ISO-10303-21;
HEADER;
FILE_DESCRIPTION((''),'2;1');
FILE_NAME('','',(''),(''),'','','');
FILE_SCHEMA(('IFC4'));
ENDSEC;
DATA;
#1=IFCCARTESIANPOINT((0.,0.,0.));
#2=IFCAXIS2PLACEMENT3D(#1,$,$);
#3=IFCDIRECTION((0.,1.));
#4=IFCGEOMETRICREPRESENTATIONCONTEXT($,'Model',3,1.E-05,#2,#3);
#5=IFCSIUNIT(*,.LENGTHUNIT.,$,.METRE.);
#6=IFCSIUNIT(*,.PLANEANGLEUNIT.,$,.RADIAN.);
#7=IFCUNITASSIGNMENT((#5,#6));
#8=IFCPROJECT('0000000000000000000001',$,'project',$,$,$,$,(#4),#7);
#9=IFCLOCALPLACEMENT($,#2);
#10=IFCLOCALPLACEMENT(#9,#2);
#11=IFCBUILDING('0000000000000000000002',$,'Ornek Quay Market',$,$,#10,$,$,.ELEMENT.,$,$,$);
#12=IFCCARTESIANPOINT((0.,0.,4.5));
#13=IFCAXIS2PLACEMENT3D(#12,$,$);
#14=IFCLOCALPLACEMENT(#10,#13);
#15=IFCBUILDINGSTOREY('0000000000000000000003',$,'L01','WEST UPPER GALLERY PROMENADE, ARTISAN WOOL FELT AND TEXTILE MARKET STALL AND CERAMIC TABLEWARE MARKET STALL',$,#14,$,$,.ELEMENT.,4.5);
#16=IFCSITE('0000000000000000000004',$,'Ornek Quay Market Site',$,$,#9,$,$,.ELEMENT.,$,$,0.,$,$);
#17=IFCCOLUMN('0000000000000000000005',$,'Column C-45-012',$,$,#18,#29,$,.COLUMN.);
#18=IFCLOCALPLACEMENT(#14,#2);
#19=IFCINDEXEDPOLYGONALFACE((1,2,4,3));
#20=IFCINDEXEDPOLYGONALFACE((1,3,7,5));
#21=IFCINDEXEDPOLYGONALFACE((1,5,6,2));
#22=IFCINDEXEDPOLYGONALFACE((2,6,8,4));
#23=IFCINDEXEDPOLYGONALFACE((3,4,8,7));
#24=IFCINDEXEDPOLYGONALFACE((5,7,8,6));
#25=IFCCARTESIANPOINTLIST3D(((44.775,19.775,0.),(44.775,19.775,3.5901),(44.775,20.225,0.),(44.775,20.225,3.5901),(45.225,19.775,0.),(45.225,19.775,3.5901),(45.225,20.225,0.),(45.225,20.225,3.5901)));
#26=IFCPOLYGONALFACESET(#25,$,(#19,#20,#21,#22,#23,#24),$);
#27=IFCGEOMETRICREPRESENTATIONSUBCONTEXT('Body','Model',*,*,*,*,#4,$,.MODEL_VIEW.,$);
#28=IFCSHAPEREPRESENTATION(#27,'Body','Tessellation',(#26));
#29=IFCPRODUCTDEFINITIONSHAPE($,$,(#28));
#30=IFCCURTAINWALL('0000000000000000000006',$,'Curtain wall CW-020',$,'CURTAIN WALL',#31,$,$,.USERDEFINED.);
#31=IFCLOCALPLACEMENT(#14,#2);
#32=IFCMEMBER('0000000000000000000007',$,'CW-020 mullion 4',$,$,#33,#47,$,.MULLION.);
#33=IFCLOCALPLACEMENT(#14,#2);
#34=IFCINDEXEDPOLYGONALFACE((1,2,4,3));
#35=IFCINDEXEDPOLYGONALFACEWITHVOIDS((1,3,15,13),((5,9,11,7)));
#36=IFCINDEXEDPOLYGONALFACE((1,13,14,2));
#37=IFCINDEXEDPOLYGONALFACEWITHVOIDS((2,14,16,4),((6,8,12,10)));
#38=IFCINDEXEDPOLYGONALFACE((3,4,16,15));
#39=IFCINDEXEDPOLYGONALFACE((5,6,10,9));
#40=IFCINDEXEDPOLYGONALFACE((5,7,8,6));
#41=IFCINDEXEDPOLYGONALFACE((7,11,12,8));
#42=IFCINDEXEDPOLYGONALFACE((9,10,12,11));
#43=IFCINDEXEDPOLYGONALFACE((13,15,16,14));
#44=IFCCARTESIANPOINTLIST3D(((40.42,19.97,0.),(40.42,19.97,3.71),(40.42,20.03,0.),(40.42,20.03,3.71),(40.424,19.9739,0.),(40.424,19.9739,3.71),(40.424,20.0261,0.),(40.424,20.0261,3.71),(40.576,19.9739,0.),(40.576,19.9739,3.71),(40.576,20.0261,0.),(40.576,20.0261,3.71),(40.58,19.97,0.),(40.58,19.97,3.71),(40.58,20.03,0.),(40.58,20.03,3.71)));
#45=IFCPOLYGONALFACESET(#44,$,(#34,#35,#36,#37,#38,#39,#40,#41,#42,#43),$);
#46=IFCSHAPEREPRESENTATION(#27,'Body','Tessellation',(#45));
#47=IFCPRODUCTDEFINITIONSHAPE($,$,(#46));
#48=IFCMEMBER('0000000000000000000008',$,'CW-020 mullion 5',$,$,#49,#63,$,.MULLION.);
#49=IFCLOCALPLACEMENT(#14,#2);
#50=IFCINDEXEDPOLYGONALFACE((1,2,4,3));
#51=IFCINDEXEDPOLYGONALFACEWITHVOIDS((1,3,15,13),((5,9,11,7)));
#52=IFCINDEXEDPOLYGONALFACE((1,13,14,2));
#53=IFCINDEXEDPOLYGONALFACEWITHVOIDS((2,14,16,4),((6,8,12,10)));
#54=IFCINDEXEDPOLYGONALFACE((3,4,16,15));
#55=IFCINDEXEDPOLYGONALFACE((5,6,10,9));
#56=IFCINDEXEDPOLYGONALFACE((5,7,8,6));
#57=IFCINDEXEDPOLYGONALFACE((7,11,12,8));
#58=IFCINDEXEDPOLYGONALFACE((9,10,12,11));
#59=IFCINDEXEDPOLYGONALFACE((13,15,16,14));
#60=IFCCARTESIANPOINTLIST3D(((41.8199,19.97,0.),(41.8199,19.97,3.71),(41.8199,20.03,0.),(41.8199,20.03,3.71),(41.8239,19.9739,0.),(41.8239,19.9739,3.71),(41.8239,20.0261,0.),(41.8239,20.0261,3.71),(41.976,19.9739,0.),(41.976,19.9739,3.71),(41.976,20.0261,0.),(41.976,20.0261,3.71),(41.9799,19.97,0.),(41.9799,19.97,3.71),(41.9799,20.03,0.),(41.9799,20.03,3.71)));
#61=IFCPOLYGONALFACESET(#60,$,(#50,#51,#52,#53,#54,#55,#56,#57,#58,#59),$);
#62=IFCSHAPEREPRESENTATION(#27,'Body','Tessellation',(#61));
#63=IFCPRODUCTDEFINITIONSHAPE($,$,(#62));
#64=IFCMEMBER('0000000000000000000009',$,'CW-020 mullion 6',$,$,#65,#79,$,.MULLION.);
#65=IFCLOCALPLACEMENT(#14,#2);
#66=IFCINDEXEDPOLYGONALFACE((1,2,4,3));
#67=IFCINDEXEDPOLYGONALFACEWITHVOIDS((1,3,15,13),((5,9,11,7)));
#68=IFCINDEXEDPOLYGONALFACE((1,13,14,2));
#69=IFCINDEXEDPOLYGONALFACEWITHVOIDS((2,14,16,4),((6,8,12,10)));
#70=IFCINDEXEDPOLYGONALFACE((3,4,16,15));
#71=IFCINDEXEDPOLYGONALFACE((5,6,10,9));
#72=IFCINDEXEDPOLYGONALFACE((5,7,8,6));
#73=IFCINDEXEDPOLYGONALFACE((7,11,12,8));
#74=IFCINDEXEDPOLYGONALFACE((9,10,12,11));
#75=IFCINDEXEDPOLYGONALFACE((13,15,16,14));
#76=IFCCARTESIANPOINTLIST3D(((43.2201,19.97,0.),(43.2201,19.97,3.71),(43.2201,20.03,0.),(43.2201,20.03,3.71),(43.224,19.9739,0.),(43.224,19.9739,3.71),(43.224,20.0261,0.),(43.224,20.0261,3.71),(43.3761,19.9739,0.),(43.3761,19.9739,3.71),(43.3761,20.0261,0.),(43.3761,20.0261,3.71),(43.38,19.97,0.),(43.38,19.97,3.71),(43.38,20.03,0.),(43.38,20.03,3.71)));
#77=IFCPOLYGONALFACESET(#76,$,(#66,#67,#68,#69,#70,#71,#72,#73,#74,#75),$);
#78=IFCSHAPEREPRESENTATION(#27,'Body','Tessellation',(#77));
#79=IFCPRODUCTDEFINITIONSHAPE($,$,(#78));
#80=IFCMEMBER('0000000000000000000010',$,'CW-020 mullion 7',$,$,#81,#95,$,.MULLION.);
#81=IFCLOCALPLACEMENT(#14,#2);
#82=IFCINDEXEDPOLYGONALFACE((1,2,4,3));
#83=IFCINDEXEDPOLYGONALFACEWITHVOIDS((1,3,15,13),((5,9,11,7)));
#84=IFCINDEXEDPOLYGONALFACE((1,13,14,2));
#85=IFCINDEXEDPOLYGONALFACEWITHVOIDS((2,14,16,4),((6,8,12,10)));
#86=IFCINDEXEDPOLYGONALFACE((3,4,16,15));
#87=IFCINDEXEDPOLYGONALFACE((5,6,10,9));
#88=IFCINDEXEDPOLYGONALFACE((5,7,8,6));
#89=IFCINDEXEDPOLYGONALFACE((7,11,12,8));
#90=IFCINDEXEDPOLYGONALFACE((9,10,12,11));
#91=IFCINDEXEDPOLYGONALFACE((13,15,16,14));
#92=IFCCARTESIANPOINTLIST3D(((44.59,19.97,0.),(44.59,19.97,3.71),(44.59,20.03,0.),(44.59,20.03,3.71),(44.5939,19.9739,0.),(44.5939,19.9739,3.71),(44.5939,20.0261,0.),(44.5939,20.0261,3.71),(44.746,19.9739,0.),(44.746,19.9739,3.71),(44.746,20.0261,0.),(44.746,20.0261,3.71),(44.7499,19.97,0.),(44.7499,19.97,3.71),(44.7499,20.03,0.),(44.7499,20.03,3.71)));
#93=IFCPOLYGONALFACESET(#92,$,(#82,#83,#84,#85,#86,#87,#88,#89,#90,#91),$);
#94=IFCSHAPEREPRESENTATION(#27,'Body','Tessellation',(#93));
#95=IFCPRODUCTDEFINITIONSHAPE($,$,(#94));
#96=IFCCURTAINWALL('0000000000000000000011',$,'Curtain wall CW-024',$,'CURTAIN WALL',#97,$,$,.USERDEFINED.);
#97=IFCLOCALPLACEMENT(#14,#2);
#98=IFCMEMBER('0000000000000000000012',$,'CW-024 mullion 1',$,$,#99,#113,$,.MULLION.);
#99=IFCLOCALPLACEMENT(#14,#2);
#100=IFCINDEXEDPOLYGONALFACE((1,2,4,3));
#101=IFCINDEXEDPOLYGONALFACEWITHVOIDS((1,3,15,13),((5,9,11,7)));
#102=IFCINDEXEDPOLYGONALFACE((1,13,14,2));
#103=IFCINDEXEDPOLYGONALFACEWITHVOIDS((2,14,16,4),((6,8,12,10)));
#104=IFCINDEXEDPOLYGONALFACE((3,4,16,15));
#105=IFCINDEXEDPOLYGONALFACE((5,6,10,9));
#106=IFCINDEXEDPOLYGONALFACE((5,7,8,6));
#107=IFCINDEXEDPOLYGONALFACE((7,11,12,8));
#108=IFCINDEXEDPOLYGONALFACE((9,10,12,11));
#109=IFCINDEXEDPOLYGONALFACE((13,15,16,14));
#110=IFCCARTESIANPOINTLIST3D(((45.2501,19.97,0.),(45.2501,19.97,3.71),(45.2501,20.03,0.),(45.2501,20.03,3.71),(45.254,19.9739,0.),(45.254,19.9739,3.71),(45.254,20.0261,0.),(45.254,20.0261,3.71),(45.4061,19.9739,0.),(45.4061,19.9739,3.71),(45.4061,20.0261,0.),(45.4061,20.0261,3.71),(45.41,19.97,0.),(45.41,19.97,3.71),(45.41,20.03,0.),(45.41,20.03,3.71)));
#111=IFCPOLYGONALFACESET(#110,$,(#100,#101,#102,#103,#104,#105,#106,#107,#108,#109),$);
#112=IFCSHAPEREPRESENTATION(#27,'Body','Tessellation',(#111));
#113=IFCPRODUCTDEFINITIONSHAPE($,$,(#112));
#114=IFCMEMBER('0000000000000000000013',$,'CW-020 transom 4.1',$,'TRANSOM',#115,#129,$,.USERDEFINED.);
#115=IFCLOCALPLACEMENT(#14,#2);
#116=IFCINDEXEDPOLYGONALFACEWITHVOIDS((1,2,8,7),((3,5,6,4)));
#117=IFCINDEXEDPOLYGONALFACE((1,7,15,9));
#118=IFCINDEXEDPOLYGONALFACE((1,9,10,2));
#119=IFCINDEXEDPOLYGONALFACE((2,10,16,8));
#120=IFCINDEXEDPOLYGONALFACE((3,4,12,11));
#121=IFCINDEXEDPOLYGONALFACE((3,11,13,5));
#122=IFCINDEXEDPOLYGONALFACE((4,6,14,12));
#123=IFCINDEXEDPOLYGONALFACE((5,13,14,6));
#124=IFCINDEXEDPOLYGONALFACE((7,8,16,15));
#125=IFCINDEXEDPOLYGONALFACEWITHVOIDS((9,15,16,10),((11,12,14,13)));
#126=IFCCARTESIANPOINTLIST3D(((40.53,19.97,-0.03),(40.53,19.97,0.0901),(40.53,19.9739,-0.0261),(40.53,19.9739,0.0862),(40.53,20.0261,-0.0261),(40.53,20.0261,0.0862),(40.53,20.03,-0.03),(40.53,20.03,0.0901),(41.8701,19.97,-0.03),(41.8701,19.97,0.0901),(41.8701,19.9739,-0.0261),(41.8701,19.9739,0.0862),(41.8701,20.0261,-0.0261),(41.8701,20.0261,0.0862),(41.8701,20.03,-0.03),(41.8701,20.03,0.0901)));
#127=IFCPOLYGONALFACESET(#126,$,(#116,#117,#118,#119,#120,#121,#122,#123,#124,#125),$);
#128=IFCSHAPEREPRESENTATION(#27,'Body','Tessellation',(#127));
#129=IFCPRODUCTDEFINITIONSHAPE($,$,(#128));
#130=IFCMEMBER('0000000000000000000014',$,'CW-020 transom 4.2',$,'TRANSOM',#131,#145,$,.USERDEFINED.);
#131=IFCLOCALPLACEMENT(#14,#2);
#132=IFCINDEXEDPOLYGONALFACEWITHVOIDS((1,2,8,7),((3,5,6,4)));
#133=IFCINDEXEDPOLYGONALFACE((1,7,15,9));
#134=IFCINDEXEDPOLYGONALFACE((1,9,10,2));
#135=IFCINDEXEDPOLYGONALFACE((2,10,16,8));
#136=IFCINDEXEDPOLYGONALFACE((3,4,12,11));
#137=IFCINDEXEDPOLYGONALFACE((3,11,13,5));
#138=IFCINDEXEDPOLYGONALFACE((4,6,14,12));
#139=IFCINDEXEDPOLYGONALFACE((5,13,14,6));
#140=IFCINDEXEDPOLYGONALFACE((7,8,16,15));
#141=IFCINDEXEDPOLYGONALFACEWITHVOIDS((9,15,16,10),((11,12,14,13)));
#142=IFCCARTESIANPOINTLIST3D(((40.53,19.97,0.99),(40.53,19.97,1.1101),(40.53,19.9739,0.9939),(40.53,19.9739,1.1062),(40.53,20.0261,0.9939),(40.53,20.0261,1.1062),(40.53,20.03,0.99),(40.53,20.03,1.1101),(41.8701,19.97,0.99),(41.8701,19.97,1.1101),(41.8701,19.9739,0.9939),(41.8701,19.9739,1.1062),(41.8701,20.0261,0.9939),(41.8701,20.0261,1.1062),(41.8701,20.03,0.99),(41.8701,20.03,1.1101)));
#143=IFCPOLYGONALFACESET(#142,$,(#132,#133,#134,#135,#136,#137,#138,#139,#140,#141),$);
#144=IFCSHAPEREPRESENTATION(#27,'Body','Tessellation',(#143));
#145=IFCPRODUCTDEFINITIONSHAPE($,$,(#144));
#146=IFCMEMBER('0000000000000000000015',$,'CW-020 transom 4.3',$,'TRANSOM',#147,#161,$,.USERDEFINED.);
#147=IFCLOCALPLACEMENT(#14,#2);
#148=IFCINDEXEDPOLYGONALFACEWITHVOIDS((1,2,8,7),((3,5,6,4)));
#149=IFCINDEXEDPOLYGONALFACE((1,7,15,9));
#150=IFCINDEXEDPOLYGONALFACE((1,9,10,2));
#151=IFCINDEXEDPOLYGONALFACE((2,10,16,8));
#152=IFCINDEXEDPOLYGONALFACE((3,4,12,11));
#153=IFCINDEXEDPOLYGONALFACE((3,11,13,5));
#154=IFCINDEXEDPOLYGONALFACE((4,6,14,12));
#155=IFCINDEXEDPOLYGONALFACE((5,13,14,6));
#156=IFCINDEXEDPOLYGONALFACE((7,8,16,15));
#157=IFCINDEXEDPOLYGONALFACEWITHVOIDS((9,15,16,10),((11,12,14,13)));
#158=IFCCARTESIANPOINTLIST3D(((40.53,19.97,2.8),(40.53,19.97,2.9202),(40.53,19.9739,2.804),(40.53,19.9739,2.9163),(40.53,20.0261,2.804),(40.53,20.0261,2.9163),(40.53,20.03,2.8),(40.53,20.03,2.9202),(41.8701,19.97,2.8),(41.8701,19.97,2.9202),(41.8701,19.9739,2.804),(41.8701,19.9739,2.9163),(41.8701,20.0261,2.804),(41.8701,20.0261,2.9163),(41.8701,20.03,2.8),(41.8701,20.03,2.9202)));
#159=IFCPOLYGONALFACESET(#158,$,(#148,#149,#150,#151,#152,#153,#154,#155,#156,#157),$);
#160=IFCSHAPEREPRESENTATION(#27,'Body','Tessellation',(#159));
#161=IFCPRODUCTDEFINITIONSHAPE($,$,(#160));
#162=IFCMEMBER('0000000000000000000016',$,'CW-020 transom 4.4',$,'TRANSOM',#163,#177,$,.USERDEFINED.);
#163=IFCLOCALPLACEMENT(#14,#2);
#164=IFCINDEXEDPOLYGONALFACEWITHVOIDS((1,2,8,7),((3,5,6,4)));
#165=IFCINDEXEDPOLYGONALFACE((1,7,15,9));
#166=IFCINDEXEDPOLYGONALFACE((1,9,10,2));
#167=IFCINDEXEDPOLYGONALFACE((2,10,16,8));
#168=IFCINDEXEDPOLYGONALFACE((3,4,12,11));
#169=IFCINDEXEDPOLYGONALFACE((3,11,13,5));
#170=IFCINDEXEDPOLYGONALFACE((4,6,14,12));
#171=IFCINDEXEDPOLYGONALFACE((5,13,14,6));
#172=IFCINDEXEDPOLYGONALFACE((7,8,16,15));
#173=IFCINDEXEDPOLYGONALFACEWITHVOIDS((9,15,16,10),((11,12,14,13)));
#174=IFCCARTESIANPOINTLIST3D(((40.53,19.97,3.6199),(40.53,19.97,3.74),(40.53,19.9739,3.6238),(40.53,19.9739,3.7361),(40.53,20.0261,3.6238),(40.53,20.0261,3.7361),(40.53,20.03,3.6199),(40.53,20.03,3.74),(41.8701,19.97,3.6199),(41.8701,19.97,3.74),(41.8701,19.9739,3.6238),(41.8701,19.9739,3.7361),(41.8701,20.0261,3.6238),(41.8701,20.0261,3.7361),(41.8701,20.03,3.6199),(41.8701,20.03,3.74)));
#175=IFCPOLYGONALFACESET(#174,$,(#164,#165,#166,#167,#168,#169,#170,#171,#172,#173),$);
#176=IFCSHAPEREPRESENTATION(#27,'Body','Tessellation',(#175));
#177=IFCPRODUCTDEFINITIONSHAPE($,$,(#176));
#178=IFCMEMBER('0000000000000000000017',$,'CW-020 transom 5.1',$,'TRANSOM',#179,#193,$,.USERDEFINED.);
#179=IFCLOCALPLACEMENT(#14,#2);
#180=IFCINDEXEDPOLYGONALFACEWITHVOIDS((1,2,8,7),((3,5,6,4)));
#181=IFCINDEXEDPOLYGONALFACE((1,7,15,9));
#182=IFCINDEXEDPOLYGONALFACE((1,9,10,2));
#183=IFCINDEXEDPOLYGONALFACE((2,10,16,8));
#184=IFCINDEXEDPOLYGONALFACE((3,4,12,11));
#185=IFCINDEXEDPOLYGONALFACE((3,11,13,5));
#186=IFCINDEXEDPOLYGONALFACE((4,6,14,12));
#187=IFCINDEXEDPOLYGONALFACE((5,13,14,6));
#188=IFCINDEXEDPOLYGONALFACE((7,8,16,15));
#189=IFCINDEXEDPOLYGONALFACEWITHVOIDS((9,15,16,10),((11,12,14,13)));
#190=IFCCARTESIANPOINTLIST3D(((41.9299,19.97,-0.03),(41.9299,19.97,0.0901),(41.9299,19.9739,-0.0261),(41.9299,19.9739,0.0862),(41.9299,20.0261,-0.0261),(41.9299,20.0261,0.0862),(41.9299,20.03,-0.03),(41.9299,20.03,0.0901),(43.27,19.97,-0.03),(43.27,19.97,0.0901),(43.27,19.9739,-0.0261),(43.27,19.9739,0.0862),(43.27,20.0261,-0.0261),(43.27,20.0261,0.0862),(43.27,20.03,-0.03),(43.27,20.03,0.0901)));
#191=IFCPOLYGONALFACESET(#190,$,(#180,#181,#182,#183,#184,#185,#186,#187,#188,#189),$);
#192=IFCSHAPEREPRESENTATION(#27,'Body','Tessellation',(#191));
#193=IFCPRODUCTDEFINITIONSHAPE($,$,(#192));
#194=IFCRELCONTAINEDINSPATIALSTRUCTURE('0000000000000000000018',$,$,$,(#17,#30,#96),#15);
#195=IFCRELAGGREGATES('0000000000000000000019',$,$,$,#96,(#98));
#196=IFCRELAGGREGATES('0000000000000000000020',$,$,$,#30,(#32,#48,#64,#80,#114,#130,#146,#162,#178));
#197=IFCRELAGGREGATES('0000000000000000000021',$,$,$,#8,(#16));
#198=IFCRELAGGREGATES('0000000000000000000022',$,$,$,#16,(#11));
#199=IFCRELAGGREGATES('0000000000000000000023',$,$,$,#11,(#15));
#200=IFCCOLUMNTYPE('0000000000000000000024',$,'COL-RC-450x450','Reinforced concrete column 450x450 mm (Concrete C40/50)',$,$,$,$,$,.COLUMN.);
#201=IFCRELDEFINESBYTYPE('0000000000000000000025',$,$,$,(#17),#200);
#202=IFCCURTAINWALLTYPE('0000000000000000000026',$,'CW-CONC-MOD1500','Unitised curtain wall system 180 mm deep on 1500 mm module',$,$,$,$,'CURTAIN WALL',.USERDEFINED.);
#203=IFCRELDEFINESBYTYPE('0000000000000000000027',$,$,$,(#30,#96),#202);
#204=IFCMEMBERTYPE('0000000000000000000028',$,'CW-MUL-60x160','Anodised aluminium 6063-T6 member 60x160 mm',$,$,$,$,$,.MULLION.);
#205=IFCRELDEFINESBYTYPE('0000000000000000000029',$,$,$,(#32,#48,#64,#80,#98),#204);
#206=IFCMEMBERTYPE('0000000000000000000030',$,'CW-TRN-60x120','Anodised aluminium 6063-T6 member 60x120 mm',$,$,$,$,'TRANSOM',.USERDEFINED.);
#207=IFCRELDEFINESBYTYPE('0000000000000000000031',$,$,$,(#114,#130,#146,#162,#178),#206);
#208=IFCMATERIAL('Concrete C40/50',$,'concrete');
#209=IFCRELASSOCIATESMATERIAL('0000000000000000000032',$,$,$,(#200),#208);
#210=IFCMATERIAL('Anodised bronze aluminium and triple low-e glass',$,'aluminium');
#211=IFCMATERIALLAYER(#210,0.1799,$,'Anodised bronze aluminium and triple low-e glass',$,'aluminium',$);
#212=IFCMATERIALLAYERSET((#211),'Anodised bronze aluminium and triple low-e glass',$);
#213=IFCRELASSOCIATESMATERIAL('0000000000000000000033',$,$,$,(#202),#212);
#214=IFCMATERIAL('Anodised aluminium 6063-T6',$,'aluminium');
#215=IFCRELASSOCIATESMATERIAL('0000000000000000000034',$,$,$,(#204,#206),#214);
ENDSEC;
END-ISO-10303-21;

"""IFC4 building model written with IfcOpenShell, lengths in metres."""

from ifc_helpers import new_model, si_unit, direction, frame, origin, origin_2d, place, context, subcontext, project, spatial, rectangle, hollow_rectangle, extrude, material, layer, layer_set, material_profile, profile_set, type_object, element, aggregate, save


model = new_model("IFC4")

# Units and contexts
model_context = context("Model", 3, precision=1e-05, world=origin(), true_north=direction((0.0, 1.0)))
body_context = subcontext(model_context, "Body", "Model", "MODEL_VIEW")
ifc_project = project(units=[si_unit("LENGTHUNIT", "METRE"), si_unit("PLANEANGLEUNIT", "RADIAN")], contexts=[model_context])

# Site, building, storey
site_placement = place(None, origin())
site = spatial("IfcSite", under=ifc_project, at=site_placement, Name="Ornek Quay Market Site", CompositionType="ELEMENT", RefElevation=0.0)
building_placement = place(site_placement, origin())
building = spatial("IfcBuilding", under=site, at=building_placement, Name="Ornek Quay Market", CompositionType="ELEMENT")
storey_placement = place(building_placement, frame((0.0, 0.0, 4.5)))
storey = spatial("IfcBuildingStorey", under=building, at=storey_placement, Name="L01", Description="WEST UPPER GALLERY PROMENADE, ARTISAN WOOL FELT AND TEXTILE MARKET STALL AND CERAMIC TABLEWARE MARKET STALL", CompositionType="ELEMENT", Elevation=4.5)

# Column
ifc_material_1 = material(Name="Concrete C40/50", Category="concrete")
ifc_material_profile_1 = material_profile(ifc_material_1, rectangle(XDim=0.45, YDim=0.45, at=origin_2d()), Name="RC 450x450", Category="concrete")
ifc_profile_set_1 = profile_set([ifc_material_profile_1], Name="Concrete C40/50")
column_type = type_object("IfcColumnType", Name="COL-RC-450x450", Description="Reinforced concrete column 450x450 mm (Concrete C40/50)", PredefinedType="COLUMN", material=ifc_profile_set_1)
column_placement = place(storey_placement, frame((45.0, 20.0, 0.0), z_axis=(0.0, 0.0, 1.0), x_axis=(1.0, 0.0, 0.0)))
element("IfcColumn", 1, at=column_placement, inside=storey, type_object=column_type, Name="Column C-45-012", PredefinedType="COLUMN", context=body_context, shape_type="SweptSolid", body=[
    extrude(rectangle(XDim=0.45, YDim=0.45, at=origin_2d()), origin(), (0.0, 0.0, 1.0), 3.5901),
])

# Curtain wall, members
ifc_material_2 = material(Name="Anodised bronze aluminium and triple low-e glass", Category="aluminium")
ifc_layer_1 = layer(ifc_material_2, 0.1799, Name="Anodised bronze aluminium and triple low-e glass", Category="aluminium")
ifc_layer_set_1 = layer_set([ifc_layer_1], Name="Anodised bronze aluminium and triple low-e glass")
curtain_wall_type = type_object("IfcCurtainWallType", Name="CW-CONC-MOD1500", Description="Unitised curtain wall system 180 mm deep on 1500 mm module", ElementType="CURTAIN WALL", PredefinedType="USERDEFINED", material=ifc_layer_set_1)
curtain_wall_1_placement = place(storey_placement, origin())
curtain_wall_1 = element("IfcCurtainWall", 2, at=curtain_wall_1_placement, inside=storey, type_object=curtain_wall_type, Name="Curtain wall CW-020", ObjectType="CURTAIN WALL", PredefinedType="USERDEFINED")
ifc_material_3 = material(Name="Anodised aluminium 6063-T6", Category="aluminium")
ifc_material_profile_2 = material_profile(ifc_material_3, hollow_rectangle(XDim=0.0601, YDim=0.1599, WallThickness=0.0039, at=origin_2d()), Name="CW-MUL-60x160", Category="aluminium")
ifc_profile_set_2 = profile_set([ifc_material_profile_2], Name="Anodised aluminium 6063-T6")
member_type_1 = type_object("IfcMemberType", Name="CW-MUL-60x160", Description="Anodised aluminium 6063-T6 member 60x160 mm", PredefinedType="MULLION", material=ifc_profile_set_2)
member_1_placement = place(storey_placement, frame((40.5, 20.0, 0.0), z_axis=(0.0, 0.0, 1.0), x_axis=(0.0, 1.0, 0.0)))
member_1 = element("IfcMember", 3, at=member_1_placement, type_object=member_type_1, Name="CW-020 mullion 4", PredefinedType="MULLION", context=body_context, shape_type="SweptSolid", body=[
    extrude(hollow_rectangle(XDim=0.0601, YDim=0.1599, WallThickness=0.0039, at=origin_2d()), origin(), (0.0, 0.0, 1.0), 3.71),
])
member_2_placement = place(storey_placement, frame((41.8999, 20.0, 0.0), z_axis=(0.0, 0.0, 1.0), x_axis=(0.0, 1.0, 0.0)))
member_2 = element("IfcMember", 4, at=member_2_placement, type_object=member_type_1, Name="CW-020 mullion 5", PredefinedType="MULLION", context=body_context, shape_type="SweptSolid", body=[
    extrude(hollow_rectangle(XDim=0.0601, YDim=0.1599, WallThickness=0.0039, at=origin_2d()), origin(), (0.0, 0.0, 1.0), 3.71),
])
member_3_placement = place(storey_placement, frame((43.3, 20.0, 0.0), z_axis=(0.0, 0.0, 1.0), x_axis=(0.0, 1.0, 0.0)))
member_3 = element("IfcMember", 5, at=member_3_placement, type_object=member_type_1, Name="CW-020 mullion 6", PredefinedType="MULLION", context=body_context, shape_type="SweptSolid", body=[
    extrude(hollow_rectangle(XDim=0.0601, YDim=0.1599, WallThickness=0.0039, at=origin_2d()), origin(), (0.0, 0.0, 1.0), 3.71),
])
member_4_placement = place(storey_placement, frame((44.6699, 20.0, 0.0), z_axis=(0.0, 0.0, 1.0), x_axis=(0.0, 1.0, 0.0)))
member_4 = element("IfcMember", 6, at=member_4_placement, type_object=member_type_1, Name="CW-020 mullion 7", PredefinedType="MULLION", context=body_context, shape_type="SweptSolid", body=[
    extrude(hollow_rectangle(XDim=0.0601, YDim=0.1599, WallThickness=0.0039, at=origin_2d()), origin(), (0.0, 0.0, 1.0), 3.71),
])

# Curtain wall, member
curtain_wall_2_placement = place(storey_placement, origin())
curtain_wall_2 = element("IfcCurtainWall", 7, at=curtain_wall_2_placement, inside=storey, type_object=curtain_wall_type, Name="Curtain wall CW-024", ObjectType="CURTAIN WALL", PredefinedType="USERDEFINED")
member_5_placement = place(storey_placement, frame((45.3301, 20.0, 0.0), z_axis=(0.0, 0.0, 1.0), x_axis=(0.0, 1.0, 0.0)))
member_5 = element("IfcMember", 8, at=member_5_placement, type_object=member_type_1, Name="CW-024 mullion 1", PredefinedType="MULLION", context=body_context, shape_type="SweptSolid", body=[
    extrude(hollow_rectangle(XDim=0.0601, YDim=0.1599, WallThickness=0.0039, at=origin_2d()), origin(), (0.0, 0.0, 1.0), 3.71),
])

# Members
ifc_material_profile_3 = material_profile(ifc_material_3, hollow_rectangle(XDim=0.0601, YDim=0.1201, WallThickness=0.0039, at=origin_2d()), Name="CW-TRN-60x120", Category="aluminium")
ifc_profile_set_3 = profile_set([ifc_material_profile_3], Name="Anodised aluminium 6063-T6")
member_type_2 = type_object("IfcMemberType", Name="CW-TRN-60x120", Description="Anodised aluminium 6063-T6 member 60x120 mm", ElementType="TRANSOM", PredefinedType="USERDEFINED", material=ifc_profile_set_3)
member_6_placement = place(storey_placement, frame((40.53, 20.0, 0.03), z_axis=(1.0, 0.0, 0.0), x_axis=(0.0, 1.0, 0.0)))
member_6 = element("IfcMember", 9, at=member_6_placement, type_object=member_type_2, Name="CW-020 transom 4.1", ObjectType="TRANSOM", PredefinedType="USERDEFINED", context=body_context, shape_type="SweptSolid", body=[
    extrude(hollow_rectangle(XDim=0.0601, YDim=0.1201, WallThickness=0.0039, at=origin_2d()), origin(), (0.0, 0.0, 1.0), 1.3401),
])
member_7_placement = place(storey_placement, frame((40.53, 20.0, 1.05), z_axis=(1.0, 0.0, 0.0), x_axis=(0.0, 1.0, 0.0)))
member_7 = element("IfcMember", 10, at=member_7_placement, type_object=member_type_2, Name="CW-020 transom 4.2", ObjectType="TRANSOM", PredefinedType="USERDEFINED", context=body_context, shape_type="SweptSolid", body=[
    extrude(hollow_rectangle(XDim=0.0601, YDim=0.1201, WallThickness=0.0039, at=origin_2d()), origin(), (0.0, 0.0, 1.0), 1.3401),
])
member_8_placement = place(storey_placement, frame((40.53, 20.0, 2.8601), z_axis=(1.0, 0.0, 0.0), x_axis=(0.0, 1.0, 0.0)))
member_8 = element("IfcMember", 11, at=member_8_placement, type_object=member_type_2, Name="CW-020 transom 4.3", ObjectType="TRANSOM", PredefinedType="USERDEFINED", context=body_context, shape_type="SweptSolid", body=[
    extrude(hollow_rectangle(XDim=0.0601, YDim=0.1201, WallThickness=0.0039, at=origin_2d()), origin(), (0.0, 0.0, 1.0), 1.3401),
])
member_9_placement = place(storey_placement, frame((40.53, 20.0, 3.6799), z_axis=(1.0, 0.0, 0.0), x_axis=(0.0, 1.0, 0.0)))
member_9 = element("IfcMember", 12, at=member_9_placement, type_object=member_type_2, Name="CW-020 transom 4.4", ObjectType="TRANSOM", PredefinedType="USERDEFINED", context=body_context, shape_type="SweptSolid", body=[
    extrude(hollow_rectangle(XDim=0.0601, YDim=0.1201, WallThickness=0.0039, at=origin_2d()), origin(), (0.0, 0.0, 1.0), 1.3401),
])
member_10_placement = place(storey_placement, frame((41.9299, 20.0, 0.03), z_axis=(1.0, 0.0, 0.0), x_axis=(0.0, 1.0, 0.0)))
member_10 = element("IfcMember", 13, at=member_10_placement, type_object=member_type_2, Name="CW-020 transom 5.1", ObjectType="TRANSOM", PredefinedType="USERDEFINED", context=body_context, shape_type="SweptSolid", body=[
    extrude(hollow_rectangle(XDim=0.0601, YDim=0.1201, WallThickness=0.0039, at=origin_2d()), origin(), (0.0, 0.0, 1.0), 1.3401),
])
aggregate(curtain_wall_2, [member_5])

aggregate(curtain_wall_1, [member_1, member_2, member_3, member_4, member_6, member_7, member_8, member_9, member_10])

save(model, "model.ifc")
